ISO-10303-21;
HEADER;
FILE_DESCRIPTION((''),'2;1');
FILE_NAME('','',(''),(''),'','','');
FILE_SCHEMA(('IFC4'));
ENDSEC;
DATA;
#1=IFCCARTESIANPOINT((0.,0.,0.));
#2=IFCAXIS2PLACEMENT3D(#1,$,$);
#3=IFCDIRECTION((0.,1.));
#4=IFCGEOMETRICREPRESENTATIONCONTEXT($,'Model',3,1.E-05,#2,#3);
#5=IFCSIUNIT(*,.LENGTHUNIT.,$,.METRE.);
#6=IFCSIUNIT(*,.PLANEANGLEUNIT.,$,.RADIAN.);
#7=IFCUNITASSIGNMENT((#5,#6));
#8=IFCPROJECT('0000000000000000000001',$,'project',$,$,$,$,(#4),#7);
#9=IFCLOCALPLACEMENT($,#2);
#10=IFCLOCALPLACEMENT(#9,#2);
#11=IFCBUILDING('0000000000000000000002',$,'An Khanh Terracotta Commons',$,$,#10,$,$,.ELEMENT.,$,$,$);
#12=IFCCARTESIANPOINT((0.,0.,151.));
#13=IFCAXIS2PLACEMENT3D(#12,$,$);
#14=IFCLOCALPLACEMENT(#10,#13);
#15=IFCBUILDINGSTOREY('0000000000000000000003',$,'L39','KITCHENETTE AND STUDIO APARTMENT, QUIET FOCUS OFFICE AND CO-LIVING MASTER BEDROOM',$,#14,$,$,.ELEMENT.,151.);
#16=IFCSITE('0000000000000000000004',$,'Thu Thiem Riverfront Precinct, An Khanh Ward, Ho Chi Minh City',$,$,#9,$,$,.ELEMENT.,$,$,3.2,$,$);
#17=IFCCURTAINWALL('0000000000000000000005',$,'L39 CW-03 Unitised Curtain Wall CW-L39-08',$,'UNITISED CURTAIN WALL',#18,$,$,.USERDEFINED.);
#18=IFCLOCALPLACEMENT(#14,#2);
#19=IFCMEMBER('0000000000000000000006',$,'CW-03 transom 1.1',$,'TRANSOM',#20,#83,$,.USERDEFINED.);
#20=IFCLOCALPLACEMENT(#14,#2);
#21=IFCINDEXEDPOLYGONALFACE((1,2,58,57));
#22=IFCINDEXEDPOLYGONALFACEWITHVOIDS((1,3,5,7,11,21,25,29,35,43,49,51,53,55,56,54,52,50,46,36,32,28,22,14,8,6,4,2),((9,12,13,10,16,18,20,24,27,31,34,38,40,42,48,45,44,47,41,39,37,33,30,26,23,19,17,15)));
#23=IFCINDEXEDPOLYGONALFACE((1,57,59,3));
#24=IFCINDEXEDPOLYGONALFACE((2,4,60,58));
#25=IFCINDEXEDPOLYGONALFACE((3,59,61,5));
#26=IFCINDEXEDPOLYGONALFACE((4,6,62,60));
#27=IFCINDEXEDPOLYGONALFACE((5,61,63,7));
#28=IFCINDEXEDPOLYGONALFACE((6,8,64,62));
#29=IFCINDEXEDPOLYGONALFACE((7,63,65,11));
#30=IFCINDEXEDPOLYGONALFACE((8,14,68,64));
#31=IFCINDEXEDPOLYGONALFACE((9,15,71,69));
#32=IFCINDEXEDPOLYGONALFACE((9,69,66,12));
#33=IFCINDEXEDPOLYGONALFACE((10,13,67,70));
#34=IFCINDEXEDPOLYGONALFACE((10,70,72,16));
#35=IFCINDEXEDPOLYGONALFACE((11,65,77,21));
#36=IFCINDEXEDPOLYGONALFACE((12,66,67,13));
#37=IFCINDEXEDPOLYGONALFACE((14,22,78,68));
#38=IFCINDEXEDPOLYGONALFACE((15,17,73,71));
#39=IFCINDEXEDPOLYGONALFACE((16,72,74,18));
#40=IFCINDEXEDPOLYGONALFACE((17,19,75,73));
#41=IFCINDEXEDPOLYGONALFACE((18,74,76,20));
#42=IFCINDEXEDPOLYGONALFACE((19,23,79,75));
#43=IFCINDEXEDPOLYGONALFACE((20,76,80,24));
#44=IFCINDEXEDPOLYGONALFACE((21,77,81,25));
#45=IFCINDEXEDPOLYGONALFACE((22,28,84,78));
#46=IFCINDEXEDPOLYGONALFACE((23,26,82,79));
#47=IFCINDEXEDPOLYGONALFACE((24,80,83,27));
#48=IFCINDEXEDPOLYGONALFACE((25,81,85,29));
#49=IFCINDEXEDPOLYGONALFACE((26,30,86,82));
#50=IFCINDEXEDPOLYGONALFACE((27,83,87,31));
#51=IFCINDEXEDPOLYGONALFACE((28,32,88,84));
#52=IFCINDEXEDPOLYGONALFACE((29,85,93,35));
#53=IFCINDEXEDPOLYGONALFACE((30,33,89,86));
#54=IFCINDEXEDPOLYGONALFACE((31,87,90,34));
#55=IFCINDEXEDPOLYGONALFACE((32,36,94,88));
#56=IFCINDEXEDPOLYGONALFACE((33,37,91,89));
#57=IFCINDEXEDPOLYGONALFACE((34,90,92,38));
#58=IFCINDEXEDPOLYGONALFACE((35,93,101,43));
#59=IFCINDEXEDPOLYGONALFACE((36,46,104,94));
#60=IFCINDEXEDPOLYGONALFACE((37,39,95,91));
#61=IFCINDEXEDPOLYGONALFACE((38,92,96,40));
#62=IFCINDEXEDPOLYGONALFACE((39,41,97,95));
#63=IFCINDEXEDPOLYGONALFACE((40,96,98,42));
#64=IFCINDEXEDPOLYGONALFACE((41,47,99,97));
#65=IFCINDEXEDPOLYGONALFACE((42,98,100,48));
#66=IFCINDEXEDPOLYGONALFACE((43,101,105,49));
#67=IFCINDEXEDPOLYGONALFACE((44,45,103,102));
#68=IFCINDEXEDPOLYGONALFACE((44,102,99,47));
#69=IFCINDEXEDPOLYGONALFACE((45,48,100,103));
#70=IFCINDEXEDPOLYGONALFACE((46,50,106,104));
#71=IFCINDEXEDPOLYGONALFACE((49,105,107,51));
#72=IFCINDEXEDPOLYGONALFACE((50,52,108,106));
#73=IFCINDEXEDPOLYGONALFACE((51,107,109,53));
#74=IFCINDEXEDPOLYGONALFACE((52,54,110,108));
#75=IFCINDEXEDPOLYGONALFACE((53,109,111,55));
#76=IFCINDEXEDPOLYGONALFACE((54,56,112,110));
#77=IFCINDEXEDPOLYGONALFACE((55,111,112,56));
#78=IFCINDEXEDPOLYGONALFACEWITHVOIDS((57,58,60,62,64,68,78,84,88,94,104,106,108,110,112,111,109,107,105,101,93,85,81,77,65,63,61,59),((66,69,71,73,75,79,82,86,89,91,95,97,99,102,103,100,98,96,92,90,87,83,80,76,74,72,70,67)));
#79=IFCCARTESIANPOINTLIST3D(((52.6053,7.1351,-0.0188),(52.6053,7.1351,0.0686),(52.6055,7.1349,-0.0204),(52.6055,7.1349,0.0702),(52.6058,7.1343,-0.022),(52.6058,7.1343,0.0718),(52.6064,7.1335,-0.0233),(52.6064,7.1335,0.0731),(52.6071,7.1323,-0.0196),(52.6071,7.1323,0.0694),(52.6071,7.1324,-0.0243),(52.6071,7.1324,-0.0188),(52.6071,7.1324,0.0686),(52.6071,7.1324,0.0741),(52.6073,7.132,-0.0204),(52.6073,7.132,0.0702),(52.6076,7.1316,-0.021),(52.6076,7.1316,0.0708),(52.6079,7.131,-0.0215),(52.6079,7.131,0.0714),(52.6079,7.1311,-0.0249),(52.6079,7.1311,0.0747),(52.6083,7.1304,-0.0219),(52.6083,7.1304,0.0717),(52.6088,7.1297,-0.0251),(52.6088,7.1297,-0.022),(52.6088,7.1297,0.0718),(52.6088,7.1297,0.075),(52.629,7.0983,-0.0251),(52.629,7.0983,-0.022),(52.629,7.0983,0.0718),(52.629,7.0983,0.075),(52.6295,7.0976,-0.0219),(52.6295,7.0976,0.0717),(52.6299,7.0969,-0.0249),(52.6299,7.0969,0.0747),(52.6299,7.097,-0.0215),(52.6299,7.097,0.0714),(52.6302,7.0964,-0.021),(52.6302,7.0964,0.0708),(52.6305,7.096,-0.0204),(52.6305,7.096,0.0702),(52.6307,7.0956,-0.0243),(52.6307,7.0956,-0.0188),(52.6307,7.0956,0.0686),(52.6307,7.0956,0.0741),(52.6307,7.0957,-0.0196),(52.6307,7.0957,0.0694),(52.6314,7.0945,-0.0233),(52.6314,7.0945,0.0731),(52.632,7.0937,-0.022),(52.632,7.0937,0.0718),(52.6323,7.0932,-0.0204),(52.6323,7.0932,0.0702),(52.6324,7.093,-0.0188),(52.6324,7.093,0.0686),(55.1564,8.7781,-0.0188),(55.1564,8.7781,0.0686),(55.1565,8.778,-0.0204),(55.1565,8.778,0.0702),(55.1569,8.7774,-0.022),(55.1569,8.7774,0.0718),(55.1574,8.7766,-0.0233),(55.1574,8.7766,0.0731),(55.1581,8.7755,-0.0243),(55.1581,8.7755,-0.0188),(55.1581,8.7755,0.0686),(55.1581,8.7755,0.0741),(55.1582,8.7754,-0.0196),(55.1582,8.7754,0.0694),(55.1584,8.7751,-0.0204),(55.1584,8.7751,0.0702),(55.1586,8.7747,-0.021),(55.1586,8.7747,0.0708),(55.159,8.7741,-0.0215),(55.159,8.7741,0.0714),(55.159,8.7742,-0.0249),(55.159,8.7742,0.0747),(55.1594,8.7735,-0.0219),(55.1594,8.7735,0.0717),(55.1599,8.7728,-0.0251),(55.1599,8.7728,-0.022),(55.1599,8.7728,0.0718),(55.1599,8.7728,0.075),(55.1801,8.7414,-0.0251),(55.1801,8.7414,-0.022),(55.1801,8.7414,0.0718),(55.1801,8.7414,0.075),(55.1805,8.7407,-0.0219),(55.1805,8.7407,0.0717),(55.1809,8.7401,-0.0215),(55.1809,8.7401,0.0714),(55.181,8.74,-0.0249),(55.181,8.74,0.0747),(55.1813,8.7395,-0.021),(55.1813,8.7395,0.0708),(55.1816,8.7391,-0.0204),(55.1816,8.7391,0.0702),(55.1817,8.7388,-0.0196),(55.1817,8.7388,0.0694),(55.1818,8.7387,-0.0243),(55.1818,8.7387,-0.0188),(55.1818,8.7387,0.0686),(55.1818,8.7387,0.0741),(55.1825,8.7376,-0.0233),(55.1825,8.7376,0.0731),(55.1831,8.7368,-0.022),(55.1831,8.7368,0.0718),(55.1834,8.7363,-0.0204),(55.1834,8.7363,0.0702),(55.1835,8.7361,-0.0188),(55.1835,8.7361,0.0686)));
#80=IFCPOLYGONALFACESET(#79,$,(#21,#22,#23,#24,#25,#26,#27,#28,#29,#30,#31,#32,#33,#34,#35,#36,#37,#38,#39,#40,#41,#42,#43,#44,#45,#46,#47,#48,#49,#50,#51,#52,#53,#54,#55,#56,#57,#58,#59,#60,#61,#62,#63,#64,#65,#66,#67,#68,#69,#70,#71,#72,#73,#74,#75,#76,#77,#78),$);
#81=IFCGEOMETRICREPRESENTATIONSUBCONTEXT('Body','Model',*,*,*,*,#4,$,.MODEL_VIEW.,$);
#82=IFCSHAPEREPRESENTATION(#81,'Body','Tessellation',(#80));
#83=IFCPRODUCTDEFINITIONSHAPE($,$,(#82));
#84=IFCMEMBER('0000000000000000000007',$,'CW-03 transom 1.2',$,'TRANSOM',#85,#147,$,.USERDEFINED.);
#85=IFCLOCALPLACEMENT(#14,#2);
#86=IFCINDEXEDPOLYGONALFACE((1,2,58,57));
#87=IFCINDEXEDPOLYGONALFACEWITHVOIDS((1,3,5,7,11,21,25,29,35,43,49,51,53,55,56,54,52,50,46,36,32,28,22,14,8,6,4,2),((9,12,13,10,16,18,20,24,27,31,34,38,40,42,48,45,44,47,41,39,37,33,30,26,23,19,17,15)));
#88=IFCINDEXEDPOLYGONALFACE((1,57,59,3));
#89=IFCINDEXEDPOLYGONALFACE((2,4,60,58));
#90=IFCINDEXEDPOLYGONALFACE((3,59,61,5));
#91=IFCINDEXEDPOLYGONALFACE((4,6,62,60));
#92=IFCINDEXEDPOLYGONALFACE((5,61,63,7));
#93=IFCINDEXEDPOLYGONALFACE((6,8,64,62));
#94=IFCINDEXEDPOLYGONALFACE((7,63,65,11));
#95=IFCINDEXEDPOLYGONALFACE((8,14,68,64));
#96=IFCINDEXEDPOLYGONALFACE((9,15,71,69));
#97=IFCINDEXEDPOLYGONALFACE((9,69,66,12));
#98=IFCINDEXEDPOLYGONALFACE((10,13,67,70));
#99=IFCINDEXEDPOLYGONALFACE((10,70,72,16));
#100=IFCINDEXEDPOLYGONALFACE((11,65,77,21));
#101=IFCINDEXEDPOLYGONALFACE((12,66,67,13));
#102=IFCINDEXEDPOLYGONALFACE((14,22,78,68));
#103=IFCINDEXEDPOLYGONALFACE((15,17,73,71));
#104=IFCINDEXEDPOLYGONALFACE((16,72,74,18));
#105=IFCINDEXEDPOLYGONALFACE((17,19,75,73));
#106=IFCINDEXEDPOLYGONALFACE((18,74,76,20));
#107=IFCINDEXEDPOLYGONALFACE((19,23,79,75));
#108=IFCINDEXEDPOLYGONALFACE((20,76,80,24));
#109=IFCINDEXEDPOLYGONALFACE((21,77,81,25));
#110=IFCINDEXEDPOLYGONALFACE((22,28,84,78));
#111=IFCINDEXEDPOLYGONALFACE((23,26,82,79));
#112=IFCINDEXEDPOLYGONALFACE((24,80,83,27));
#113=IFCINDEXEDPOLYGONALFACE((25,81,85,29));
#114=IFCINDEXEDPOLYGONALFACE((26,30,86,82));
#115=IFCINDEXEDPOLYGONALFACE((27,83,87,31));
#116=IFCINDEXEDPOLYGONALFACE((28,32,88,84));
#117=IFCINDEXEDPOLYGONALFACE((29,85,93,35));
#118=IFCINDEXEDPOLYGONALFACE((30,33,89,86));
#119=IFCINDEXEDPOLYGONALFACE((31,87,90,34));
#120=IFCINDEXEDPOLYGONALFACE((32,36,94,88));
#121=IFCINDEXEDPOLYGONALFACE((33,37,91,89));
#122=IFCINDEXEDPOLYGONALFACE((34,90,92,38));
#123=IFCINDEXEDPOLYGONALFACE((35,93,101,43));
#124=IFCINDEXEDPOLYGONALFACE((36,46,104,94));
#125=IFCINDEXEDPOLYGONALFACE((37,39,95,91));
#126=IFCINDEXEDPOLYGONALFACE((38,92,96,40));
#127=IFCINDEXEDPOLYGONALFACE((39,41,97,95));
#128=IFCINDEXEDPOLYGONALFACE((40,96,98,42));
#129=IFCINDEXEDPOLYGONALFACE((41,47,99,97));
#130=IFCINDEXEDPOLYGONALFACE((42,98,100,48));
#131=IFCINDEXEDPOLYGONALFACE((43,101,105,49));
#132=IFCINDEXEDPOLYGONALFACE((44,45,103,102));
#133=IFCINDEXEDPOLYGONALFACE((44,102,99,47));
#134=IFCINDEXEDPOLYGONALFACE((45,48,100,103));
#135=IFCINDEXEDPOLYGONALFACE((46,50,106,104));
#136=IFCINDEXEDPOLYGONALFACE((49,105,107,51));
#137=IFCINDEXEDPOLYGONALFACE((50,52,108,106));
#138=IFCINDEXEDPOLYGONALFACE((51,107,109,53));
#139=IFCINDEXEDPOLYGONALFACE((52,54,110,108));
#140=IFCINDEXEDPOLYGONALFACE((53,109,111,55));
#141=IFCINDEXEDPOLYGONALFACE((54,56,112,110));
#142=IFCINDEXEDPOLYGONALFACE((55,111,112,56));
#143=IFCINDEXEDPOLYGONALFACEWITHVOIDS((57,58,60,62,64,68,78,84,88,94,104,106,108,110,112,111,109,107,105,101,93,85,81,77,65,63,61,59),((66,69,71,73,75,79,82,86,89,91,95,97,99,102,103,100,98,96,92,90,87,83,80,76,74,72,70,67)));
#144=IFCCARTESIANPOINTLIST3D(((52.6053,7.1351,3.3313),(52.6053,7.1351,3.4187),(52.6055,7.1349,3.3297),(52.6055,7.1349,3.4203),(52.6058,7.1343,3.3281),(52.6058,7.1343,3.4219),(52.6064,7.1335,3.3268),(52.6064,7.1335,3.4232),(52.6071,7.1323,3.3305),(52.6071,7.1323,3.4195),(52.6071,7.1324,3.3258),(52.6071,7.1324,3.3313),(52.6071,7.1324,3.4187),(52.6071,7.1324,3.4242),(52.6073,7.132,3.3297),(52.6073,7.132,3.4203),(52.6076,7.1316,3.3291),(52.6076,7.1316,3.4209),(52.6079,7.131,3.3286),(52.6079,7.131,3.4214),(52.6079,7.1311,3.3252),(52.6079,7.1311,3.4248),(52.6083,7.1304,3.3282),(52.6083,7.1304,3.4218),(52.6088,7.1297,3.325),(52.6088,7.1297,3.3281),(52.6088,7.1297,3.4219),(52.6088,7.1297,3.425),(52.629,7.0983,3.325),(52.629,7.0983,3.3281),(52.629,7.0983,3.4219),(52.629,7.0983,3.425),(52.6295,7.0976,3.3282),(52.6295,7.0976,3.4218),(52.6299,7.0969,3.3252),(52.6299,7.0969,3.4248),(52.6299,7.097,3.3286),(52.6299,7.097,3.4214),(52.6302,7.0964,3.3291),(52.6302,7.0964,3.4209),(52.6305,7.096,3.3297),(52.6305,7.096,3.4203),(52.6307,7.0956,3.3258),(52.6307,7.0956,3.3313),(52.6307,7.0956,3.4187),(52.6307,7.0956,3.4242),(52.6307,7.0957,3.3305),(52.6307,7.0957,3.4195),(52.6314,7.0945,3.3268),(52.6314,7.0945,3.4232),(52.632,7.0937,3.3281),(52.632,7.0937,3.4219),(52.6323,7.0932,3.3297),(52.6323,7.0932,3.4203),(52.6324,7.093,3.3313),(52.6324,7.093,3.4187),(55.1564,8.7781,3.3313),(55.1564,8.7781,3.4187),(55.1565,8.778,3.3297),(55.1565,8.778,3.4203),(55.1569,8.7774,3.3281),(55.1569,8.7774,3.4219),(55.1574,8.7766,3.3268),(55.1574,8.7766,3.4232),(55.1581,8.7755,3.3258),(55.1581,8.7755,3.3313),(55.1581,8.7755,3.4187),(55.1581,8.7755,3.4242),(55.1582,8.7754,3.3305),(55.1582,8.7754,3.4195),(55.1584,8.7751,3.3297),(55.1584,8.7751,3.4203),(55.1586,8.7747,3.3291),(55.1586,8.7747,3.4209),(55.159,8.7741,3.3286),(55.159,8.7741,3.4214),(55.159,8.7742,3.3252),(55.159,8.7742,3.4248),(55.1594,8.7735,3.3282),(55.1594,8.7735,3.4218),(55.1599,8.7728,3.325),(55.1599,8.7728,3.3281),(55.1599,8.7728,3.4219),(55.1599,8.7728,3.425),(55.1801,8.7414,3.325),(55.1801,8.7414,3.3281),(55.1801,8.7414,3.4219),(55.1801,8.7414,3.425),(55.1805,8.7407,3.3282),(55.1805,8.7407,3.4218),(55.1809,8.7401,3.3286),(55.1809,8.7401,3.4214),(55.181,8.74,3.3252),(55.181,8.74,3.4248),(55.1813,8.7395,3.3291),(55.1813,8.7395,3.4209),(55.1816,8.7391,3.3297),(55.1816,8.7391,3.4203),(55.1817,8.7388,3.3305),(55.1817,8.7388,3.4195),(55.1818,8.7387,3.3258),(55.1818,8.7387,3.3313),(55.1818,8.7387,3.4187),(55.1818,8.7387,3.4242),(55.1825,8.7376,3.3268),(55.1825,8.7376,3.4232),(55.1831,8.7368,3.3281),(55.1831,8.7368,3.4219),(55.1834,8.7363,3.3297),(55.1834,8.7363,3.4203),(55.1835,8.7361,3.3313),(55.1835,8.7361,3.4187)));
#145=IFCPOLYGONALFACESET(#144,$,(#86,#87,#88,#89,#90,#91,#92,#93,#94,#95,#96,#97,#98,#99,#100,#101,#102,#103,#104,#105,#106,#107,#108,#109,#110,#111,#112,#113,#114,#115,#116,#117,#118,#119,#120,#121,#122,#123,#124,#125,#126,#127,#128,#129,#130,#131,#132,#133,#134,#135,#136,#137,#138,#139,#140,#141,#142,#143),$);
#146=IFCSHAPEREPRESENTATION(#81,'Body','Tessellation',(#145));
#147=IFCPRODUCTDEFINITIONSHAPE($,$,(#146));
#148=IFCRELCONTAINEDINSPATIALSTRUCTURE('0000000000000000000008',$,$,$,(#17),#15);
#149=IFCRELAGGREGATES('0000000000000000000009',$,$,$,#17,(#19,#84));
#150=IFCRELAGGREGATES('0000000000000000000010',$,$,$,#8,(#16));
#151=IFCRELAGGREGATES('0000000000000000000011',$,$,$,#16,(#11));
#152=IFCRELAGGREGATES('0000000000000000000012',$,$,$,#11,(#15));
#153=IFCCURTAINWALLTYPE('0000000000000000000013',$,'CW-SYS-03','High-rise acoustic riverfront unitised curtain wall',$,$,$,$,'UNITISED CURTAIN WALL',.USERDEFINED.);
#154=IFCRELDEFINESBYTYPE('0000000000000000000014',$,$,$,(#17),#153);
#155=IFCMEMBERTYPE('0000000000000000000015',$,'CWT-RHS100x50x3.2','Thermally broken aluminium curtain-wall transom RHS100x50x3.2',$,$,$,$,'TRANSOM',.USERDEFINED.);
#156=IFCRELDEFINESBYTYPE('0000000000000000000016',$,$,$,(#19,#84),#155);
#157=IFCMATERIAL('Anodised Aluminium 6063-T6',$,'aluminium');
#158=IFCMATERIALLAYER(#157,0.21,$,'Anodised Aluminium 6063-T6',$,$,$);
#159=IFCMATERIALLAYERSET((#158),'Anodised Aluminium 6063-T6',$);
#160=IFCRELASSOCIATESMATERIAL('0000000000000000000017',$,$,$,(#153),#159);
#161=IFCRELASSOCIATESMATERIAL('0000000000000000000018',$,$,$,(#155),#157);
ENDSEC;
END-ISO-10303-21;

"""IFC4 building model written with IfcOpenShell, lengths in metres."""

from ifc_helpers import new_model, si_unit, direction, frame, origin, origin_2d, place, context, subcontext, project, spatial, hollow_rectangle, extrude, material, layer, layer_set, material_profile, profile_set, type_object, element, aggregate, save


model = new_model("IFC4")

# Units and contexts
model_context = context("Model", 3, precision=1e-05, world=origin(), true_north=direction((0.0, 1.0)))
body_context = subcontext(model_context, "Body", "Model", "MODEL_VIEW")
ifc_project = project(units=[si_unit("LENGTHUNIT", "METRE"), si_unit("PLANEANGLEUNIT", "RADIAN")], contexts=[model_context])

# Site, building, storey
site_placement = place(None, origin())
site = spatial("IfcSite", under=ifc_project, at=site_placement, Name="Thu Thiem Riverfront Precinct, An Khanh Ward, Ho Chi Minh City", CompositionType="ELEMENT", RefElevation=3.2)
building_placement = place(site_placement, origin())
building = spatial("IfcBuilding", under=site, at=building_placement, Name="An Khanh Terracotta Commons", CompositionType="ELEMENT")
storey_placement = place(building_placement, frame((0.0, 0.0, 151.0)))
storey = spatial("IfcBuildingStorey", under=building, at=storey_placement, Name="L39", Description="KITCHENETTE AND STUDIO APARTMENT, QUIET FOCUS OFFICE AND CO-LIVING MASTER BEDROOM", CompositionType="ELEMENT", Elevation=151.0)

# Curtain wall, members
ifc_material_1 = material(Name="Anodised Aluminium 6063-T6", Category="aluminium")
ifc_layer_1 = layer(ifc_material_1, 0.21, Name="Anodised Aluminium 6063-T6")
ifc_layer_set_1 = layer_set([ifc_layer_1], Name="Anodised Aluminium 6063-T6")
curtain_wall_type = type_object("IfcCurtainWallType", Name="CW-SYS-03", Description="High-rise acoustic riverfront unitised curtain wall", ElementType="UNITISED CURTAIN WALL", PredefinedType="USERDEFINED", material=ifc_layer_set_1)
curtain_wall_placement = place(storey_placement, origin())
curtain_wall = element("IfcCurtainWall", 1, at=curtain_wall_placement, inside=storey, type_object=curtain_wall_type, Name="L39 CW-03 Unitised Curtain Wall CW-L39-08", ObjectType="UNITISED CURTAIN WALL", PredefinedType="USERDEFINED")
ifc_material_profile_1 = material_profile(ifc_material_1, hollow_rectangle(XDim=0.05, YDim=0.1001, WallThickness=0.0032, InnerFilletRadius=0.0032, OuterFilletRadius=0.0063, at=origin_2d()), Name="RHS100x50x3.2")
ifc_profile_set_1 = profile_set([ifc_material_profile_1], Name="Anodised Aluminium 6063-T6")
member_type_1 = type_object("IfcMemberType", Name="CWT-RHS100x50x3.2", Description="Thermally broken aluminium curtain-wall transom RHS100x50x3.2", ElementType="TRANSOM", PredefinedType="USERDEFINED", material=ifc_profile_set_1)
member_1_placement = place(storey_placement, frame((52.6189, 7.114, 0.0249), z_axis=(0.84071, 0.541485, 0.0), x_axis=(-0.541485, 0.84071, 0.0)))
member_1 = element("IfcMember", 2, at=member_1_placement, type_object=member_type_1, Name="CW-03 transom 1.1", ObjectType="TRANSOM", PredefinedType="USERDEFINED", context=body_context, shape_type="SweptSolid", body=[
    extrude(hollow_rectangle(XDim=0.05, YDim=0.1001, WallThickness=0.0032, InnerFilletRadius=0.0032, OuterFilletRadius=0.0063, at=origin_2d()), origin(), (0.0, 0.0, 1.0), 3.0344),
])
member_2_placement = place(storey_placement, frame((52.6189, 7.114, 3.375), z_axis=(0.84071, 0.541485, 0.0), x_axis=(-0.541485, 0.84071, 0.0)))
member_2 = element("IfcMember", 3, at=member_2_placement, type_object=member_type_1, Name="CW-03 transom 1.2", ObjectType="TRANSOM", PredefinedType="USERDEFINED", context=body_context, shape_type="SweptSolid", body=[
    extrude(hollow_rectangle(XDim=0.05, YDim=0.1001, WallThickness=0.0032, InnerFilletRadius=0.0032, OuterFilletRadius=0.0063, at=origin_2d()), origin(), (0.0, 0.0, 1.0), 3.0344),
])
aggregate(curtain_wall, [member_1, member_2])

save(model, "model.ifc")
